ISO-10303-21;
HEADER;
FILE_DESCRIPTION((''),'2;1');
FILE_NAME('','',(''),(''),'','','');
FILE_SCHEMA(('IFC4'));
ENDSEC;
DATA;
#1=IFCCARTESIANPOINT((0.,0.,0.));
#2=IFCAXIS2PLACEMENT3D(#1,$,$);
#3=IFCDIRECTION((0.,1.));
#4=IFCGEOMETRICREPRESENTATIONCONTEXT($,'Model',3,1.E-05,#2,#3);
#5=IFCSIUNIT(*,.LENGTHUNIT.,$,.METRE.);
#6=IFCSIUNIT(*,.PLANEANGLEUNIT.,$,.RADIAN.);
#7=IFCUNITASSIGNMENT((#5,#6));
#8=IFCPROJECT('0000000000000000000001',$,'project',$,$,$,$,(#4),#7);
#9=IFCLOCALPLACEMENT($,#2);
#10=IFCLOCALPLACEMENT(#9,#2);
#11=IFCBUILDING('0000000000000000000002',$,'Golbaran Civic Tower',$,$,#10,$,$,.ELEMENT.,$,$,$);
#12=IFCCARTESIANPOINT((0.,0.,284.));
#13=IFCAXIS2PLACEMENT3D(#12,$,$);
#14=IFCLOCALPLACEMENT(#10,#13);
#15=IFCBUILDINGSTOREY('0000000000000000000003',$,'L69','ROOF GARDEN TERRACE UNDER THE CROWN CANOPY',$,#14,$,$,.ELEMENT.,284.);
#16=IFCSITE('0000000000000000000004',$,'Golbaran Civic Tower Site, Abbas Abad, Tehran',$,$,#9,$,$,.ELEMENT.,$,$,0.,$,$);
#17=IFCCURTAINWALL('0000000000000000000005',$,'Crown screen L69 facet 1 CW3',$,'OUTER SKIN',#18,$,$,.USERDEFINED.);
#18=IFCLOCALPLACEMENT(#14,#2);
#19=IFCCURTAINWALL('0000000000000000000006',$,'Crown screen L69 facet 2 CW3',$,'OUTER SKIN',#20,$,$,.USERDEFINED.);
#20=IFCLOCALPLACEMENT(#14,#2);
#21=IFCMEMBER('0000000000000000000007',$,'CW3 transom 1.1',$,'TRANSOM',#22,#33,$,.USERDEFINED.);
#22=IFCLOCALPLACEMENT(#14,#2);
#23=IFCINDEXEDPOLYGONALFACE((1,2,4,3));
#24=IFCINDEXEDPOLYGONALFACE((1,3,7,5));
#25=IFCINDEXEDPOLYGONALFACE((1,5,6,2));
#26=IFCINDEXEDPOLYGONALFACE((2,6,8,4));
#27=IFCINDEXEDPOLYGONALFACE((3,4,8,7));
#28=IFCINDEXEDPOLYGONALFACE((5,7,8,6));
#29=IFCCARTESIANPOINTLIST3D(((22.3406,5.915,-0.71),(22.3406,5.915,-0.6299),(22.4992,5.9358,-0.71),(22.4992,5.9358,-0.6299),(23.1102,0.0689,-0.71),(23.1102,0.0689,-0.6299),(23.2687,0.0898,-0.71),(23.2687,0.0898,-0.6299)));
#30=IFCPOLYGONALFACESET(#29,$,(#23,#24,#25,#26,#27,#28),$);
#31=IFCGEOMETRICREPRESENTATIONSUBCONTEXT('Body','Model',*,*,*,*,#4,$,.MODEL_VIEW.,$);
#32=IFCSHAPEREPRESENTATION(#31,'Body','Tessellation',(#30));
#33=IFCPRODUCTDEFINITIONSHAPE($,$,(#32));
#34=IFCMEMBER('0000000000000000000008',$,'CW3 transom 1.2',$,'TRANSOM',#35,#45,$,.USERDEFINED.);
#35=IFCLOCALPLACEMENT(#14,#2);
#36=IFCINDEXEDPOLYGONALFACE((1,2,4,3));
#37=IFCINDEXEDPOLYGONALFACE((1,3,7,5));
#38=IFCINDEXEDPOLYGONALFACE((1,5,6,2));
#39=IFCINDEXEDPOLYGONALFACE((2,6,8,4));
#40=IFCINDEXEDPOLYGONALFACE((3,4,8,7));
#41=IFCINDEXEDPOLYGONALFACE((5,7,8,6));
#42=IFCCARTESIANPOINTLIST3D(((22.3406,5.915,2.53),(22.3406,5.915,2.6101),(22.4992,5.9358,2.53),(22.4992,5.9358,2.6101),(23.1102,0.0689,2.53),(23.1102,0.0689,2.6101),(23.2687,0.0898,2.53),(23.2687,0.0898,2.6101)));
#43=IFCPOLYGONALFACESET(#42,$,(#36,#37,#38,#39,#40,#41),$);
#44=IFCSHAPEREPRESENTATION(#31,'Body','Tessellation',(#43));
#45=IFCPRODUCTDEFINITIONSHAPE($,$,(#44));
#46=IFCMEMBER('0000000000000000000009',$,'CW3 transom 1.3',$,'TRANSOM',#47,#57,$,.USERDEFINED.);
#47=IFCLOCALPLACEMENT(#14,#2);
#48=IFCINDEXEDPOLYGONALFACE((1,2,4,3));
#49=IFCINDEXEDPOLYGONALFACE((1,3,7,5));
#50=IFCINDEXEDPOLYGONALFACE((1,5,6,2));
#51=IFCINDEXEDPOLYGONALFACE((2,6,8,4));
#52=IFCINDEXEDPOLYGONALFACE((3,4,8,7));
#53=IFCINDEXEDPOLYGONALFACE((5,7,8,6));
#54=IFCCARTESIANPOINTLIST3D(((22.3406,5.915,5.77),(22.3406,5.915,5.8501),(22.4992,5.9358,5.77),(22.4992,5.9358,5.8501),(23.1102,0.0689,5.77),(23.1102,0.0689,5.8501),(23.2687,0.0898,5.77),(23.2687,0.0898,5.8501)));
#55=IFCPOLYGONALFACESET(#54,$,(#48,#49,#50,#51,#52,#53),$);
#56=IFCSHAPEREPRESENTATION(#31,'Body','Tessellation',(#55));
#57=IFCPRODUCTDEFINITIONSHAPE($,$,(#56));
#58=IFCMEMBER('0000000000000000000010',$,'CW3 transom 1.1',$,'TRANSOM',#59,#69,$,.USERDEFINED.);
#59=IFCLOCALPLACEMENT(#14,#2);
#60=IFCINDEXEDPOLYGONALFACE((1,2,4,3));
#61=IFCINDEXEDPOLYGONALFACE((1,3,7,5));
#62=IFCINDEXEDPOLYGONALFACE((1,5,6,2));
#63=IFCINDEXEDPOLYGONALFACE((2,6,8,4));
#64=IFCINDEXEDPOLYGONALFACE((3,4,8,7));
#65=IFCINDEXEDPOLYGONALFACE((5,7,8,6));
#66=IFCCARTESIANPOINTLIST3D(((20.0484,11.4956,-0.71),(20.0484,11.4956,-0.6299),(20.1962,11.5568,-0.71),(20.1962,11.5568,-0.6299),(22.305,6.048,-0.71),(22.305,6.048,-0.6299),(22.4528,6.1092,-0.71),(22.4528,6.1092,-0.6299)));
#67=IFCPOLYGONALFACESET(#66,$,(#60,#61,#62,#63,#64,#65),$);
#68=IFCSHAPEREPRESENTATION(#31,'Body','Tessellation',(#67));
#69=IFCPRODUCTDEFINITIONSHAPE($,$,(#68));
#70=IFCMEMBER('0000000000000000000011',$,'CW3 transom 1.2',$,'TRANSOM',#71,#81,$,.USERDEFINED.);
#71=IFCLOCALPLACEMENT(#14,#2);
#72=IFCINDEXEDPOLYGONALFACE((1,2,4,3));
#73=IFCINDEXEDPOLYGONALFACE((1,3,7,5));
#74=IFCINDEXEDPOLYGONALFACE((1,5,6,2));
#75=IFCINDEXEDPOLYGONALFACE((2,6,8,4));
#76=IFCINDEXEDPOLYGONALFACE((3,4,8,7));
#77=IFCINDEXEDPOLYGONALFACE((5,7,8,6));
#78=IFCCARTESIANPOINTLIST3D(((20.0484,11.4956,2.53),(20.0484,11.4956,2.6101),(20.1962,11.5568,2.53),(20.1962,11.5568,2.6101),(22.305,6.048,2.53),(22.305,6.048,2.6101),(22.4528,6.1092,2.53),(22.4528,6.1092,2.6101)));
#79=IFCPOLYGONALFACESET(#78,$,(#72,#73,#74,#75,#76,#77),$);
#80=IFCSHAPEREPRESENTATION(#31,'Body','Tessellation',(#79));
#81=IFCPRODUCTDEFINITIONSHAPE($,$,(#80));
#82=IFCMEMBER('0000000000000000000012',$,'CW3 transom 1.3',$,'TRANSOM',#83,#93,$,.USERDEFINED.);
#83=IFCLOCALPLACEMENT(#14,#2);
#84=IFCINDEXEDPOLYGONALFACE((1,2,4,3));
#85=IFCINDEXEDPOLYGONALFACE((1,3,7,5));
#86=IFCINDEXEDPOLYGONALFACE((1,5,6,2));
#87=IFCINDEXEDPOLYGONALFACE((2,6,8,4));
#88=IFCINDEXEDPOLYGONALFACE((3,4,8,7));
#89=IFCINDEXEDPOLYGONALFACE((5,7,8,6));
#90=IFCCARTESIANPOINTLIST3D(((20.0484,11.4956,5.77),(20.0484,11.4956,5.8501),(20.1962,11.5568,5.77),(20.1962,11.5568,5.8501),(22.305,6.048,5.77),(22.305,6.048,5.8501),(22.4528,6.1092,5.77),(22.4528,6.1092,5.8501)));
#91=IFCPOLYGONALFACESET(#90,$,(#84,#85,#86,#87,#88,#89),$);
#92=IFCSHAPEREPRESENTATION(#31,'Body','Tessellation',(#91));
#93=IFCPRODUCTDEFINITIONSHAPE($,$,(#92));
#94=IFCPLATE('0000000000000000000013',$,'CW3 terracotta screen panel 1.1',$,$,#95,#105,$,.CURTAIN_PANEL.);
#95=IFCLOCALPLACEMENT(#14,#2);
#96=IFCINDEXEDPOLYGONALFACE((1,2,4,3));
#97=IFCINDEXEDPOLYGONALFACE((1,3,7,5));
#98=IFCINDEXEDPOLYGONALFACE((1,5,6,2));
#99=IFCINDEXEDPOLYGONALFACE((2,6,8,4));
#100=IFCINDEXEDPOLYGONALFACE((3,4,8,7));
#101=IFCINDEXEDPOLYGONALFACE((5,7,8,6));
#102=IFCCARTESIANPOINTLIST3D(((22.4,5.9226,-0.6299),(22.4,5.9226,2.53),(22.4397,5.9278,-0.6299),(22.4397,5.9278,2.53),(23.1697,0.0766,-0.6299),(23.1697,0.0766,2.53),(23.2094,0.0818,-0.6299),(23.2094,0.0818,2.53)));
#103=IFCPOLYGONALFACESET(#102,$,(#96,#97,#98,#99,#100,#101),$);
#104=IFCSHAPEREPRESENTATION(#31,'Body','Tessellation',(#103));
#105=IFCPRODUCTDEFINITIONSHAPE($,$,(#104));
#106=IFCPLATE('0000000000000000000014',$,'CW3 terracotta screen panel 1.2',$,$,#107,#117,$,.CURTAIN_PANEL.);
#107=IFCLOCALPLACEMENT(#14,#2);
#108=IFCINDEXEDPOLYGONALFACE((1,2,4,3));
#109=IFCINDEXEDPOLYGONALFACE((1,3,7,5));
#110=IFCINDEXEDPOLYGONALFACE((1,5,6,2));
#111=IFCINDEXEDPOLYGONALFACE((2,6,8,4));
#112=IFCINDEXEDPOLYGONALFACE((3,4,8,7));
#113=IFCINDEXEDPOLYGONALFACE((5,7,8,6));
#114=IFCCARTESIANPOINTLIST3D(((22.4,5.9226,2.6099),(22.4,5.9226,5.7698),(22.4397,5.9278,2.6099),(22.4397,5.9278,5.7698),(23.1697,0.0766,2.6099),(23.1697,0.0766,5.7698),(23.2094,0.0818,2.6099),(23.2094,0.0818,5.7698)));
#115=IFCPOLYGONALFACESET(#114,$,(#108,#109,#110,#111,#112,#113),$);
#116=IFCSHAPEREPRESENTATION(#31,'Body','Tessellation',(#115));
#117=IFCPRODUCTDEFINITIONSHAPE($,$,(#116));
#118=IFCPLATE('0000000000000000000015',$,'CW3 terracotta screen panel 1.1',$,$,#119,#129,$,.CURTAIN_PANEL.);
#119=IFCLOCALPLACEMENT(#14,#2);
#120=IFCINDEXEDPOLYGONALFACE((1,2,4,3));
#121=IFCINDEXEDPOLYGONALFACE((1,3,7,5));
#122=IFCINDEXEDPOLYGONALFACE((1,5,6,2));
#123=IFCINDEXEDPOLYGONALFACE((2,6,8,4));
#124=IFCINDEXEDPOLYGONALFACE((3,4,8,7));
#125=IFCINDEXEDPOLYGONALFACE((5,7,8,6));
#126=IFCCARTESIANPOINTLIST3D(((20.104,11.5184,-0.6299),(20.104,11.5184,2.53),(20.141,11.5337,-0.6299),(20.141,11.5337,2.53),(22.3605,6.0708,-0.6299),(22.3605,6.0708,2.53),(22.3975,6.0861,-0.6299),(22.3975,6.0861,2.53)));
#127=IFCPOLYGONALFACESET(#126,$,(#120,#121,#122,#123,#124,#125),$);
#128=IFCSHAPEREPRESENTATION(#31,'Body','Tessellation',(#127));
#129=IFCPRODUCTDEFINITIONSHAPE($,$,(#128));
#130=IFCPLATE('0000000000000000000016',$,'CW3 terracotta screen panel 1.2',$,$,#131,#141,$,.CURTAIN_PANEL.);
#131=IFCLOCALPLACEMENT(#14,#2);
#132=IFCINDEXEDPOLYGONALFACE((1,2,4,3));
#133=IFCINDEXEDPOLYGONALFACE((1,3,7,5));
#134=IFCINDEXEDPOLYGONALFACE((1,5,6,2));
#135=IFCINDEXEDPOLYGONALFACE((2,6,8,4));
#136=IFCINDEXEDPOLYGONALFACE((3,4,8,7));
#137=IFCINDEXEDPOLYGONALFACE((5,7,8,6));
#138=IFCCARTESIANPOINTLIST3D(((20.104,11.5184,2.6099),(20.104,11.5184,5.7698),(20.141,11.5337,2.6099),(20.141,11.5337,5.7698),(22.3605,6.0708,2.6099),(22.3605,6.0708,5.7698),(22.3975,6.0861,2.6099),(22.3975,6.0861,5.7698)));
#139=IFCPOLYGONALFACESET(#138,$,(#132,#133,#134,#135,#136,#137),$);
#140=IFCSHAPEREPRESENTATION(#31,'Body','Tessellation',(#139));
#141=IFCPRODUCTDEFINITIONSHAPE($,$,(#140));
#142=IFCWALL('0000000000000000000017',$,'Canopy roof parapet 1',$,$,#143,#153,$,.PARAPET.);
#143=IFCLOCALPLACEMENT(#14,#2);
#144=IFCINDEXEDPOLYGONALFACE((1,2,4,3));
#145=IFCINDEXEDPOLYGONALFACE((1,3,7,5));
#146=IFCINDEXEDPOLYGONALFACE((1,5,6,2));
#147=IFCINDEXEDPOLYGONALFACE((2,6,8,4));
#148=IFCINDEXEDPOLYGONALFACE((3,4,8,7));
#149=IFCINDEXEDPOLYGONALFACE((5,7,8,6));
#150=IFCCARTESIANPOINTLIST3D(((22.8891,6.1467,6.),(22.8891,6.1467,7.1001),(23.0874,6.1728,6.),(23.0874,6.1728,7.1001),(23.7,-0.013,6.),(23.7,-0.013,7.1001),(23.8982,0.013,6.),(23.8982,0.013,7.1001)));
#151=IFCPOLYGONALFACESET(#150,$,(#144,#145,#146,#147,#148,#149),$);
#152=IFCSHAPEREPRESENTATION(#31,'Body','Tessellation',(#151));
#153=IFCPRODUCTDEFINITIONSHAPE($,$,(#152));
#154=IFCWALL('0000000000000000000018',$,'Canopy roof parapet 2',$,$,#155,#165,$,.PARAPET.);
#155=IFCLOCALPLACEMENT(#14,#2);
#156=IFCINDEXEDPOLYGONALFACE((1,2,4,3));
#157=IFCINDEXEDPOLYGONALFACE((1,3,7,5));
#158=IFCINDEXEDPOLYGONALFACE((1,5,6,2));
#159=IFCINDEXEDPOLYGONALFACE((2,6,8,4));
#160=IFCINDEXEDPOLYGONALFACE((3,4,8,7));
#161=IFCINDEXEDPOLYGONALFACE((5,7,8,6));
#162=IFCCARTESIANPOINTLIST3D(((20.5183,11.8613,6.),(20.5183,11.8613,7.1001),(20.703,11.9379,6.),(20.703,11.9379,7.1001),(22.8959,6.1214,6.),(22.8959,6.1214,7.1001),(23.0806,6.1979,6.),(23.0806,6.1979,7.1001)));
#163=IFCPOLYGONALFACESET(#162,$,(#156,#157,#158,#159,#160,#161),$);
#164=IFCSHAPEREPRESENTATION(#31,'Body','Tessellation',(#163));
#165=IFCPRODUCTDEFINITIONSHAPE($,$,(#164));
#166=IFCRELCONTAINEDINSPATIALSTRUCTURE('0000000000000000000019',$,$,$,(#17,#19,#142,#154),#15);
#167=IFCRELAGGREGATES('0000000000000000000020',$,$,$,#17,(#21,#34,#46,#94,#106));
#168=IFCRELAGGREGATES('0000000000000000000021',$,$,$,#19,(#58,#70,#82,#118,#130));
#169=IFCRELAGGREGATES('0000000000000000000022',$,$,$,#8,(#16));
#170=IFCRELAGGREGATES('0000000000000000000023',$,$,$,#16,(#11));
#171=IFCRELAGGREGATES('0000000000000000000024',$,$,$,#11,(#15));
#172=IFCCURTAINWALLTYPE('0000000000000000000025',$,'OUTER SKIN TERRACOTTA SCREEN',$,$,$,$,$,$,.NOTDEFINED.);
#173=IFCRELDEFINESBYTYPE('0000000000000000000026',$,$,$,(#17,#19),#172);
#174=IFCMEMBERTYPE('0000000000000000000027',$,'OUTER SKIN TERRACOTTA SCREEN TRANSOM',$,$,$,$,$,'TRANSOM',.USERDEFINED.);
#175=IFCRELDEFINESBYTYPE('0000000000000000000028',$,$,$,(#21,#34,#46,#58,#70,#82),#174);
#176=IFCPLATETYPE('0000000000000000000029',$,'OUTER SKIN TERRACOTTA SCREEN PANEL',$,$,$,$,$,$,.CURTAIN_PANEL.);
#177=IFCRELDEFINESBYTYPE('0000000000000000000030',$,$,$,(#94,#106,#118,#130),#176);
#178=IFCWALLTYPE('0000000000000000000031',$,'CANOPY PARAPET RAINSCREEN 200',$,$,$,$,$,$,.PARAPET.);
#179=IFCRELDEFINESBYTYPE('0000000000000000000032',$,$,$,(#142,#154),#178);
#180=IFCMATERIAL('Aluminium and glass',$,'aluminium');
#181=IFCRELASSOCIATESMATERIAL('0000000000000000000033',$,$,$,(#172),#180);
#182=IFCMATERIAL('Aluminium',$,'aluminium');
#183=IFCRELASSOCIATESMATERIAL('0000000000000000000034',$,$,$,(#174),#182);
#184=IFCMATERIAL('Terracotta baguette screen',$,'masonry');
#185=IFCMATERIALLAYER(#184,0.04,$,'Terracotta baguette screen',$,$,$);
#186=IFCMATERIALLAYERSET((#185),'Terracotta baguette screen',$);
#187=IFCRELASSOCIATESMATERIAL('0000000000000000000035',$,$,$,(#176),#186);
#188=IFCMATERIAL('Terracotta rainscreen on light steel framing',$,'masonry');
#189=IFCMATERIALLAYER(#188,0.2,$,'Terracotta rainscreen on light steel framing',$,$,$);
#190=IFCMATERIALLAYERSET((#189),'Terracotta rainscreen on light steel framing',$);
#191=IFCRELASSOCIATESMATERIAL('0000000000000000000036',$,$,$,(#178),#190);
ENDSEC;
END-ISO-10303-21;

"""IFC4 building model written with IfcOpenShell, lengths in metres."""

from ifc_helpers import new_model, si_unit, direction, frame, frame_2d, origin, origin_2d, place, context, subcontext, project, spatial, rectangle, extrude, material, layer, layer_set, material_profile, profile_set, type_object, element, aggregate, save


model = new_model("IFC4")

# Units and contexts
model_context = context("Model", 3, precision=1e-05, world=origin(), true_north=direction((0.0, 1.0)))
body_context = subcontext(model_context, "Body", "Model", "MODEL_VIEW")
ifc_project = project(units=[si_unit("LENGTHUNIT", "METRE"), si_unit("PLANEANGLEUNIT", "RADIAN")], contexts=[model_context])

# Site, building, storey
site_placement = place(None, origin())
site = spatial("IfcSite", under=ifc_project, at=site_placement, Name="Golbaran Civic Tower Site, Abbas Abad, Tehran", CompositionType="ELEMENT", RefElevation=0.0)
building_placement = place(site_placement, origin())
building = spatial("IfcBuilding", under=site, at=building_placement, Name="Golbaran Civic Tower", CompositionType="ELEMENT")
storey_placement = place(building_placement, frame((0.0, 0.0, 284.0)))
storey = spatial("IfcBuildingStorey", under=building, at=storey_placement, Name="L69", Description="ROOF GARDEN TERRACE UNDER THE CROWN CANOPY", CompositionType="ELEMENT", Elevation=284.0)

# Curtain wall
ifc_material_1 = material(Name="Aluminium and glass", Category="aluminium")
curtain_wall_type = type_object("IfcCurtainWallType", Name="OUTER SKIN TERRACOTTA SCREEN", PredefinedType="NOTDEFINED", material=ifc_material_1)
curtain_wall_1_placement = place(storey_placement, origin())
curtain_wall_1 = element("IfcCurtainWall", 1, at=curtain_wall_1_placement, inside=storey, type_object=curtain_wall_type, Name="Crown screen L69 facet 1 CW3", ObjectType="OUTER SKIN", PredefinedType="USERDEFINED")
ifc_material_2 = material(Name="Aluminium", Category="aluminium")

# Curtain wall
curtain_wall_2_placement = place(storey_placement, origin())
curtain_wall_2 = element("IfcCurtainWall", 2, at=curtain_wall_2_placement, inside=storey, type_object=curtain_wall_type, Name="Crown screen L69 facet 2 CW3", ObjectType="OUTER SKIN", PredefinedType="USERDEFINED")

# Members
ifc_material_profile_1 = material_profile(ifc_material_2, rectangle(XDim=0.1599, YDim=0.0801, at=origin_2d()), Name="OUTER SKIN TERRACOTTA SCREEN TRANSOM")
ifc_profile_set_1 = profile_set([ifc_material_profile_1], Name="Aluminium")
member_type_1 = type_object("IfcMemberType", Name="OUTER SKIN TERRACOTTA SCREEN TRANSOM", ElementType="TRANSOM", PredefinedType="USERDEFINED", material=ifc_profile_set_1)
member_1_placement = place(storey_placement, frame((23.1895, 0.0793, -0.6699), z_axis=(-0.130509, 0.991447, 0.0), x_axis=(-0.991447, -0.130509, 0.0)))
member_1 = element("IfcMember", 3, at=member_1_placement, type_object=member_type_1, Name="CW3 transom 1.1", ObjectType="TRANSOM", PredefinedType="USERDEFINED", context=body_context, shape_type="SweptSolid", body=[
    extrude(rectangle(XDim=0.1599, YDim=0.0801, at=origin_2d()), origin(), (0.0, 0.0, 1.0), 5.8965),
])
member_2_placement = place(storey_placement, frame((23.1895, 0.0793, 2.5701), z_axis=(-0.130509, 0.991447, 0.0), x_axis=(-0.991447, -0.130509, 0.0)))
member_2 = element("IfcMember", 4, at=member_2_placement, type_object=member_type_1, Name="CW3 transom 1.2", ObjectType="TRANSOM", PredefinedType="USERDEFINED", context=body_context, shape_type="SweptSolid", body=[
    extrude(rectangle(XDim=0.1599, YDim=0.0801, at=origin_2d()), origin(), (0.0, 0.0, 1.0), 5.8965),
])
member_3_placement = place(storey_placement, frame((23.1895, 0.0793, 5.8101), z_axis=(-0.130509, 0.991447, 0.0), x_axis=(-0.991447, -0.130509, 0.0)))
member_3 = element("IfcMember", 5, at=member_3_placement, type_object=member_type_1, Name="CW3 transom 1.3", ObjectType="TRANSOM", PredefinedType="USERDEFINED", context=body_context, shape_type="SweptSolid", body=[
    extrude(rectangle(XDim=0.1599, YDim=0.0801, at=origin_2d()), origin(), (0.0, 0.0, 1.0), 5.8965),
])
member_4_placement = place(storey_placement, frame((22.3789, 6.0786, -0.6699), z_axis=(-0.382707, 0.92387, 0.0), x_axis=(-0.92387, -0.382707, 0.0)))
member_4 = element("IfcMember", 6, at=member_4_placement, type_object=member_type_1, Name="CW3 transom 1.1", ObjectType="TRANSOM", PredefinedType="USERDEFINED", context=body_context, shape_type="SweptSolid", body=[
    extrude(rectangle(XDim=0.1599, YDim=0.0801, at=origin_2d()), origin(), (0.0, 0.0, 1.0), 5.8965),
])
member_5_placement = place(storey_placement, frame((22.3789, 6.0786, 2.5701), z_axis=(-0.382707, 0.92387, 0.0), x_axis=(-0.92387, -0.382707, 0.0)))
member_5 = element("IfcMember", 7, at=member_5_placement, type_object=member_type_1, Name="CW3 transom 1.2", ObjectType="TRANSOM", PredefinedType="USERDEFINED", context=body_context, shape_type="SweptSolid", body=[
    extrude(rectangle(XDim=0.1599, YDim=0.0801, at=origin_2d()), origin(), (0.0, 0.0, 1.0), 5.8965),
])
member_6_placement = place(storey_placement, frame((22.3789, 6.0786, 5.8101), z_axis=(-0.382707, 0.92387, 0.0), x_axis=(-0.92387, -0.382707, 0.0)))
member_6 = element("IfcMember", 8, at=member_6_placement, type_object=member_type_1, Name="CW3 transom 1.3", ObjectType="TRANSOM", PredefinedType="USERDEFINED", context=body_context, shape_type="SweptSolid", body=[
    extrude(rectangle(XDim=0.1599, YDim=0.0801, at=origin_2d()), origin(), (0.0, 0.0, 1.0), 5.8965),
])

# Plates
ifc_material_3 = material(Name="Terracotta baguette screen", Category="masonry")
ifc_layer_1 = layer(ifc_material_3, 0.04, Name="Terracotta baguette screen")
ifc_layer_set_1 = layer_set([ifc_layer_1], Name="Terracotta baguette screen")
plate_type = type_object("IfcPlateType", Name="OUTER SKIN TERRACOTTA SCREEN PANEL", PredefinedType="CURTAIN_PANEL", material=ifc_layer_set_1)
plate_1_placement = place(storey_placement, frame((22.8047, 3.0022, -0.6299), z_axis=(0.0, 0.0, 1.0), x_axis=(-0.130526, 0.991445, 0.0)))
plate_1 = element("IfcPlate", 9, at=plate_1_placement, type_object=plate_type, Name="CW3 terracotta screen panel 1.1", PredefinedType="CURTAIN_PANEL", context=body_context, shape_type="SweptSolid", body=[
    extrude(rectangle(XDim=5.8965, YDim=0.04, at=origin_2d()), origin(), (0.0, 0.0, 1.0), 3.1599),
])
plate_2_placement = place(storey_placement, frame((22.8047, 3.0022, 2.6099), z_axis=(0.0, 0.0, 1.0), x_axis=(-0.130526, 0.991445, 0.0)))
plate_2 = element("IfcPlate", 10, at=plate_2_placement, type_object=plate_type, Name="CW3 terracotta screen panel 1.2", PredefinedType="CURTAIN_PANEL", context=body_context, shape_type="SweptSolid", body=[
    extrude(rectangle(XDim=5.8965, YDim=0.04, at=origin_2d()), origin(), (0.0, 0.0, 1.0), 3.1599),
])
aggregate(curtain_wall_1, [member_1, member_2, member_3, plate_1, plate_2])
plate_3_placement = place(storey_placement, frame((21.2507, 8.8022, -0.6299), z_axis=(0.0, 0.0, 1.0), x_axis=(-0.382683, 0.92388, 0.0)))
plate_3 = element("IfcPlate", 11, at=plate_3_placement, type_object=plate_type, Name="CW3 terracotta screen panel 1.1", PredefinedType="CURTAIN_PANEL", context=body_context, shape_type="SweptSolid", body=[
    extrude(rectangle(XDim=5.8965, YDim=0.04, at=origin_2d()), origin(), (0.0, 0.0, 1.0), 3.1599),
])
plate_4_placement = place(storey_placement, frame((21.2507, 8.8022, 2.6099), z_axis=(0.0, 0.0, 1.0), x_axis=(-0.382683, 0.92388, 0.0)))
plate_4 = element("IfcPlate", 12, at=plate_4_placement, type_object=plate_type, Name="CW3 terracotta screen panel 1.2", PredefinedType="CURTAIN_PANEL", context=body_context, shape_type="SweptSolid", body=[
    extrude(rectangle(XDim=5.8965, YDim=0.04, at=origin_2d()), origin(), (0.0, 0.0, 1.0), 3.1599),
])
aggregate(curtain_wall_2, [member_4, member_5, member_6, plate_3, plate_4])

# Walls
ifc_material_4 = material(Name="Terracotta rainscreen on light steel framing", Category="masonry")
ifc_layer_2 = layer(ifc_material_4, 0.2, Name="Terracotta rainscreen on light steel framing")
ifc_layer_set_2 = layer_set([ifc_layer_2], Name="Terracotta rainscreen on light steel framing")
wall_type = type_object("IfcWallType", Name="CANOPY PARAPET RAINSCREEN 200", PredefinedType="PARAPET", material=ifc_layer_set_2)
for number, where, z_axis, x_axis, name in (
    (13, (23.7991, 0.0, 6.0), (0.0, 0.0, 1.0), (-0.130503, 0.991448, 0.0), "Canopy roof parapet 1"),
    (14, (22.9883, 6.1597, 6.0), (0.0, 0.0, 1.0), (-0.382698, 0.923874, 0.0), "Canopy roof parapet 2"),
):
    element("IfcWall", number, at=place(storey_placement, frame(where, z_axis=z_axis, x_axis=x_axis)), inside=storey, type_object=wall_type, Name=name, PredefinedType="PARAPET", context=body_context, shape_type="SweptSolid", body=[
        extrude(rectangle(XDim=6.2129, YDim=0.2, at=frame_2d((3.1064, 0.0))), origin(), (0.0, 0.0, 1.0), 1.1001),
    ])

save(model, "model.ifc")
